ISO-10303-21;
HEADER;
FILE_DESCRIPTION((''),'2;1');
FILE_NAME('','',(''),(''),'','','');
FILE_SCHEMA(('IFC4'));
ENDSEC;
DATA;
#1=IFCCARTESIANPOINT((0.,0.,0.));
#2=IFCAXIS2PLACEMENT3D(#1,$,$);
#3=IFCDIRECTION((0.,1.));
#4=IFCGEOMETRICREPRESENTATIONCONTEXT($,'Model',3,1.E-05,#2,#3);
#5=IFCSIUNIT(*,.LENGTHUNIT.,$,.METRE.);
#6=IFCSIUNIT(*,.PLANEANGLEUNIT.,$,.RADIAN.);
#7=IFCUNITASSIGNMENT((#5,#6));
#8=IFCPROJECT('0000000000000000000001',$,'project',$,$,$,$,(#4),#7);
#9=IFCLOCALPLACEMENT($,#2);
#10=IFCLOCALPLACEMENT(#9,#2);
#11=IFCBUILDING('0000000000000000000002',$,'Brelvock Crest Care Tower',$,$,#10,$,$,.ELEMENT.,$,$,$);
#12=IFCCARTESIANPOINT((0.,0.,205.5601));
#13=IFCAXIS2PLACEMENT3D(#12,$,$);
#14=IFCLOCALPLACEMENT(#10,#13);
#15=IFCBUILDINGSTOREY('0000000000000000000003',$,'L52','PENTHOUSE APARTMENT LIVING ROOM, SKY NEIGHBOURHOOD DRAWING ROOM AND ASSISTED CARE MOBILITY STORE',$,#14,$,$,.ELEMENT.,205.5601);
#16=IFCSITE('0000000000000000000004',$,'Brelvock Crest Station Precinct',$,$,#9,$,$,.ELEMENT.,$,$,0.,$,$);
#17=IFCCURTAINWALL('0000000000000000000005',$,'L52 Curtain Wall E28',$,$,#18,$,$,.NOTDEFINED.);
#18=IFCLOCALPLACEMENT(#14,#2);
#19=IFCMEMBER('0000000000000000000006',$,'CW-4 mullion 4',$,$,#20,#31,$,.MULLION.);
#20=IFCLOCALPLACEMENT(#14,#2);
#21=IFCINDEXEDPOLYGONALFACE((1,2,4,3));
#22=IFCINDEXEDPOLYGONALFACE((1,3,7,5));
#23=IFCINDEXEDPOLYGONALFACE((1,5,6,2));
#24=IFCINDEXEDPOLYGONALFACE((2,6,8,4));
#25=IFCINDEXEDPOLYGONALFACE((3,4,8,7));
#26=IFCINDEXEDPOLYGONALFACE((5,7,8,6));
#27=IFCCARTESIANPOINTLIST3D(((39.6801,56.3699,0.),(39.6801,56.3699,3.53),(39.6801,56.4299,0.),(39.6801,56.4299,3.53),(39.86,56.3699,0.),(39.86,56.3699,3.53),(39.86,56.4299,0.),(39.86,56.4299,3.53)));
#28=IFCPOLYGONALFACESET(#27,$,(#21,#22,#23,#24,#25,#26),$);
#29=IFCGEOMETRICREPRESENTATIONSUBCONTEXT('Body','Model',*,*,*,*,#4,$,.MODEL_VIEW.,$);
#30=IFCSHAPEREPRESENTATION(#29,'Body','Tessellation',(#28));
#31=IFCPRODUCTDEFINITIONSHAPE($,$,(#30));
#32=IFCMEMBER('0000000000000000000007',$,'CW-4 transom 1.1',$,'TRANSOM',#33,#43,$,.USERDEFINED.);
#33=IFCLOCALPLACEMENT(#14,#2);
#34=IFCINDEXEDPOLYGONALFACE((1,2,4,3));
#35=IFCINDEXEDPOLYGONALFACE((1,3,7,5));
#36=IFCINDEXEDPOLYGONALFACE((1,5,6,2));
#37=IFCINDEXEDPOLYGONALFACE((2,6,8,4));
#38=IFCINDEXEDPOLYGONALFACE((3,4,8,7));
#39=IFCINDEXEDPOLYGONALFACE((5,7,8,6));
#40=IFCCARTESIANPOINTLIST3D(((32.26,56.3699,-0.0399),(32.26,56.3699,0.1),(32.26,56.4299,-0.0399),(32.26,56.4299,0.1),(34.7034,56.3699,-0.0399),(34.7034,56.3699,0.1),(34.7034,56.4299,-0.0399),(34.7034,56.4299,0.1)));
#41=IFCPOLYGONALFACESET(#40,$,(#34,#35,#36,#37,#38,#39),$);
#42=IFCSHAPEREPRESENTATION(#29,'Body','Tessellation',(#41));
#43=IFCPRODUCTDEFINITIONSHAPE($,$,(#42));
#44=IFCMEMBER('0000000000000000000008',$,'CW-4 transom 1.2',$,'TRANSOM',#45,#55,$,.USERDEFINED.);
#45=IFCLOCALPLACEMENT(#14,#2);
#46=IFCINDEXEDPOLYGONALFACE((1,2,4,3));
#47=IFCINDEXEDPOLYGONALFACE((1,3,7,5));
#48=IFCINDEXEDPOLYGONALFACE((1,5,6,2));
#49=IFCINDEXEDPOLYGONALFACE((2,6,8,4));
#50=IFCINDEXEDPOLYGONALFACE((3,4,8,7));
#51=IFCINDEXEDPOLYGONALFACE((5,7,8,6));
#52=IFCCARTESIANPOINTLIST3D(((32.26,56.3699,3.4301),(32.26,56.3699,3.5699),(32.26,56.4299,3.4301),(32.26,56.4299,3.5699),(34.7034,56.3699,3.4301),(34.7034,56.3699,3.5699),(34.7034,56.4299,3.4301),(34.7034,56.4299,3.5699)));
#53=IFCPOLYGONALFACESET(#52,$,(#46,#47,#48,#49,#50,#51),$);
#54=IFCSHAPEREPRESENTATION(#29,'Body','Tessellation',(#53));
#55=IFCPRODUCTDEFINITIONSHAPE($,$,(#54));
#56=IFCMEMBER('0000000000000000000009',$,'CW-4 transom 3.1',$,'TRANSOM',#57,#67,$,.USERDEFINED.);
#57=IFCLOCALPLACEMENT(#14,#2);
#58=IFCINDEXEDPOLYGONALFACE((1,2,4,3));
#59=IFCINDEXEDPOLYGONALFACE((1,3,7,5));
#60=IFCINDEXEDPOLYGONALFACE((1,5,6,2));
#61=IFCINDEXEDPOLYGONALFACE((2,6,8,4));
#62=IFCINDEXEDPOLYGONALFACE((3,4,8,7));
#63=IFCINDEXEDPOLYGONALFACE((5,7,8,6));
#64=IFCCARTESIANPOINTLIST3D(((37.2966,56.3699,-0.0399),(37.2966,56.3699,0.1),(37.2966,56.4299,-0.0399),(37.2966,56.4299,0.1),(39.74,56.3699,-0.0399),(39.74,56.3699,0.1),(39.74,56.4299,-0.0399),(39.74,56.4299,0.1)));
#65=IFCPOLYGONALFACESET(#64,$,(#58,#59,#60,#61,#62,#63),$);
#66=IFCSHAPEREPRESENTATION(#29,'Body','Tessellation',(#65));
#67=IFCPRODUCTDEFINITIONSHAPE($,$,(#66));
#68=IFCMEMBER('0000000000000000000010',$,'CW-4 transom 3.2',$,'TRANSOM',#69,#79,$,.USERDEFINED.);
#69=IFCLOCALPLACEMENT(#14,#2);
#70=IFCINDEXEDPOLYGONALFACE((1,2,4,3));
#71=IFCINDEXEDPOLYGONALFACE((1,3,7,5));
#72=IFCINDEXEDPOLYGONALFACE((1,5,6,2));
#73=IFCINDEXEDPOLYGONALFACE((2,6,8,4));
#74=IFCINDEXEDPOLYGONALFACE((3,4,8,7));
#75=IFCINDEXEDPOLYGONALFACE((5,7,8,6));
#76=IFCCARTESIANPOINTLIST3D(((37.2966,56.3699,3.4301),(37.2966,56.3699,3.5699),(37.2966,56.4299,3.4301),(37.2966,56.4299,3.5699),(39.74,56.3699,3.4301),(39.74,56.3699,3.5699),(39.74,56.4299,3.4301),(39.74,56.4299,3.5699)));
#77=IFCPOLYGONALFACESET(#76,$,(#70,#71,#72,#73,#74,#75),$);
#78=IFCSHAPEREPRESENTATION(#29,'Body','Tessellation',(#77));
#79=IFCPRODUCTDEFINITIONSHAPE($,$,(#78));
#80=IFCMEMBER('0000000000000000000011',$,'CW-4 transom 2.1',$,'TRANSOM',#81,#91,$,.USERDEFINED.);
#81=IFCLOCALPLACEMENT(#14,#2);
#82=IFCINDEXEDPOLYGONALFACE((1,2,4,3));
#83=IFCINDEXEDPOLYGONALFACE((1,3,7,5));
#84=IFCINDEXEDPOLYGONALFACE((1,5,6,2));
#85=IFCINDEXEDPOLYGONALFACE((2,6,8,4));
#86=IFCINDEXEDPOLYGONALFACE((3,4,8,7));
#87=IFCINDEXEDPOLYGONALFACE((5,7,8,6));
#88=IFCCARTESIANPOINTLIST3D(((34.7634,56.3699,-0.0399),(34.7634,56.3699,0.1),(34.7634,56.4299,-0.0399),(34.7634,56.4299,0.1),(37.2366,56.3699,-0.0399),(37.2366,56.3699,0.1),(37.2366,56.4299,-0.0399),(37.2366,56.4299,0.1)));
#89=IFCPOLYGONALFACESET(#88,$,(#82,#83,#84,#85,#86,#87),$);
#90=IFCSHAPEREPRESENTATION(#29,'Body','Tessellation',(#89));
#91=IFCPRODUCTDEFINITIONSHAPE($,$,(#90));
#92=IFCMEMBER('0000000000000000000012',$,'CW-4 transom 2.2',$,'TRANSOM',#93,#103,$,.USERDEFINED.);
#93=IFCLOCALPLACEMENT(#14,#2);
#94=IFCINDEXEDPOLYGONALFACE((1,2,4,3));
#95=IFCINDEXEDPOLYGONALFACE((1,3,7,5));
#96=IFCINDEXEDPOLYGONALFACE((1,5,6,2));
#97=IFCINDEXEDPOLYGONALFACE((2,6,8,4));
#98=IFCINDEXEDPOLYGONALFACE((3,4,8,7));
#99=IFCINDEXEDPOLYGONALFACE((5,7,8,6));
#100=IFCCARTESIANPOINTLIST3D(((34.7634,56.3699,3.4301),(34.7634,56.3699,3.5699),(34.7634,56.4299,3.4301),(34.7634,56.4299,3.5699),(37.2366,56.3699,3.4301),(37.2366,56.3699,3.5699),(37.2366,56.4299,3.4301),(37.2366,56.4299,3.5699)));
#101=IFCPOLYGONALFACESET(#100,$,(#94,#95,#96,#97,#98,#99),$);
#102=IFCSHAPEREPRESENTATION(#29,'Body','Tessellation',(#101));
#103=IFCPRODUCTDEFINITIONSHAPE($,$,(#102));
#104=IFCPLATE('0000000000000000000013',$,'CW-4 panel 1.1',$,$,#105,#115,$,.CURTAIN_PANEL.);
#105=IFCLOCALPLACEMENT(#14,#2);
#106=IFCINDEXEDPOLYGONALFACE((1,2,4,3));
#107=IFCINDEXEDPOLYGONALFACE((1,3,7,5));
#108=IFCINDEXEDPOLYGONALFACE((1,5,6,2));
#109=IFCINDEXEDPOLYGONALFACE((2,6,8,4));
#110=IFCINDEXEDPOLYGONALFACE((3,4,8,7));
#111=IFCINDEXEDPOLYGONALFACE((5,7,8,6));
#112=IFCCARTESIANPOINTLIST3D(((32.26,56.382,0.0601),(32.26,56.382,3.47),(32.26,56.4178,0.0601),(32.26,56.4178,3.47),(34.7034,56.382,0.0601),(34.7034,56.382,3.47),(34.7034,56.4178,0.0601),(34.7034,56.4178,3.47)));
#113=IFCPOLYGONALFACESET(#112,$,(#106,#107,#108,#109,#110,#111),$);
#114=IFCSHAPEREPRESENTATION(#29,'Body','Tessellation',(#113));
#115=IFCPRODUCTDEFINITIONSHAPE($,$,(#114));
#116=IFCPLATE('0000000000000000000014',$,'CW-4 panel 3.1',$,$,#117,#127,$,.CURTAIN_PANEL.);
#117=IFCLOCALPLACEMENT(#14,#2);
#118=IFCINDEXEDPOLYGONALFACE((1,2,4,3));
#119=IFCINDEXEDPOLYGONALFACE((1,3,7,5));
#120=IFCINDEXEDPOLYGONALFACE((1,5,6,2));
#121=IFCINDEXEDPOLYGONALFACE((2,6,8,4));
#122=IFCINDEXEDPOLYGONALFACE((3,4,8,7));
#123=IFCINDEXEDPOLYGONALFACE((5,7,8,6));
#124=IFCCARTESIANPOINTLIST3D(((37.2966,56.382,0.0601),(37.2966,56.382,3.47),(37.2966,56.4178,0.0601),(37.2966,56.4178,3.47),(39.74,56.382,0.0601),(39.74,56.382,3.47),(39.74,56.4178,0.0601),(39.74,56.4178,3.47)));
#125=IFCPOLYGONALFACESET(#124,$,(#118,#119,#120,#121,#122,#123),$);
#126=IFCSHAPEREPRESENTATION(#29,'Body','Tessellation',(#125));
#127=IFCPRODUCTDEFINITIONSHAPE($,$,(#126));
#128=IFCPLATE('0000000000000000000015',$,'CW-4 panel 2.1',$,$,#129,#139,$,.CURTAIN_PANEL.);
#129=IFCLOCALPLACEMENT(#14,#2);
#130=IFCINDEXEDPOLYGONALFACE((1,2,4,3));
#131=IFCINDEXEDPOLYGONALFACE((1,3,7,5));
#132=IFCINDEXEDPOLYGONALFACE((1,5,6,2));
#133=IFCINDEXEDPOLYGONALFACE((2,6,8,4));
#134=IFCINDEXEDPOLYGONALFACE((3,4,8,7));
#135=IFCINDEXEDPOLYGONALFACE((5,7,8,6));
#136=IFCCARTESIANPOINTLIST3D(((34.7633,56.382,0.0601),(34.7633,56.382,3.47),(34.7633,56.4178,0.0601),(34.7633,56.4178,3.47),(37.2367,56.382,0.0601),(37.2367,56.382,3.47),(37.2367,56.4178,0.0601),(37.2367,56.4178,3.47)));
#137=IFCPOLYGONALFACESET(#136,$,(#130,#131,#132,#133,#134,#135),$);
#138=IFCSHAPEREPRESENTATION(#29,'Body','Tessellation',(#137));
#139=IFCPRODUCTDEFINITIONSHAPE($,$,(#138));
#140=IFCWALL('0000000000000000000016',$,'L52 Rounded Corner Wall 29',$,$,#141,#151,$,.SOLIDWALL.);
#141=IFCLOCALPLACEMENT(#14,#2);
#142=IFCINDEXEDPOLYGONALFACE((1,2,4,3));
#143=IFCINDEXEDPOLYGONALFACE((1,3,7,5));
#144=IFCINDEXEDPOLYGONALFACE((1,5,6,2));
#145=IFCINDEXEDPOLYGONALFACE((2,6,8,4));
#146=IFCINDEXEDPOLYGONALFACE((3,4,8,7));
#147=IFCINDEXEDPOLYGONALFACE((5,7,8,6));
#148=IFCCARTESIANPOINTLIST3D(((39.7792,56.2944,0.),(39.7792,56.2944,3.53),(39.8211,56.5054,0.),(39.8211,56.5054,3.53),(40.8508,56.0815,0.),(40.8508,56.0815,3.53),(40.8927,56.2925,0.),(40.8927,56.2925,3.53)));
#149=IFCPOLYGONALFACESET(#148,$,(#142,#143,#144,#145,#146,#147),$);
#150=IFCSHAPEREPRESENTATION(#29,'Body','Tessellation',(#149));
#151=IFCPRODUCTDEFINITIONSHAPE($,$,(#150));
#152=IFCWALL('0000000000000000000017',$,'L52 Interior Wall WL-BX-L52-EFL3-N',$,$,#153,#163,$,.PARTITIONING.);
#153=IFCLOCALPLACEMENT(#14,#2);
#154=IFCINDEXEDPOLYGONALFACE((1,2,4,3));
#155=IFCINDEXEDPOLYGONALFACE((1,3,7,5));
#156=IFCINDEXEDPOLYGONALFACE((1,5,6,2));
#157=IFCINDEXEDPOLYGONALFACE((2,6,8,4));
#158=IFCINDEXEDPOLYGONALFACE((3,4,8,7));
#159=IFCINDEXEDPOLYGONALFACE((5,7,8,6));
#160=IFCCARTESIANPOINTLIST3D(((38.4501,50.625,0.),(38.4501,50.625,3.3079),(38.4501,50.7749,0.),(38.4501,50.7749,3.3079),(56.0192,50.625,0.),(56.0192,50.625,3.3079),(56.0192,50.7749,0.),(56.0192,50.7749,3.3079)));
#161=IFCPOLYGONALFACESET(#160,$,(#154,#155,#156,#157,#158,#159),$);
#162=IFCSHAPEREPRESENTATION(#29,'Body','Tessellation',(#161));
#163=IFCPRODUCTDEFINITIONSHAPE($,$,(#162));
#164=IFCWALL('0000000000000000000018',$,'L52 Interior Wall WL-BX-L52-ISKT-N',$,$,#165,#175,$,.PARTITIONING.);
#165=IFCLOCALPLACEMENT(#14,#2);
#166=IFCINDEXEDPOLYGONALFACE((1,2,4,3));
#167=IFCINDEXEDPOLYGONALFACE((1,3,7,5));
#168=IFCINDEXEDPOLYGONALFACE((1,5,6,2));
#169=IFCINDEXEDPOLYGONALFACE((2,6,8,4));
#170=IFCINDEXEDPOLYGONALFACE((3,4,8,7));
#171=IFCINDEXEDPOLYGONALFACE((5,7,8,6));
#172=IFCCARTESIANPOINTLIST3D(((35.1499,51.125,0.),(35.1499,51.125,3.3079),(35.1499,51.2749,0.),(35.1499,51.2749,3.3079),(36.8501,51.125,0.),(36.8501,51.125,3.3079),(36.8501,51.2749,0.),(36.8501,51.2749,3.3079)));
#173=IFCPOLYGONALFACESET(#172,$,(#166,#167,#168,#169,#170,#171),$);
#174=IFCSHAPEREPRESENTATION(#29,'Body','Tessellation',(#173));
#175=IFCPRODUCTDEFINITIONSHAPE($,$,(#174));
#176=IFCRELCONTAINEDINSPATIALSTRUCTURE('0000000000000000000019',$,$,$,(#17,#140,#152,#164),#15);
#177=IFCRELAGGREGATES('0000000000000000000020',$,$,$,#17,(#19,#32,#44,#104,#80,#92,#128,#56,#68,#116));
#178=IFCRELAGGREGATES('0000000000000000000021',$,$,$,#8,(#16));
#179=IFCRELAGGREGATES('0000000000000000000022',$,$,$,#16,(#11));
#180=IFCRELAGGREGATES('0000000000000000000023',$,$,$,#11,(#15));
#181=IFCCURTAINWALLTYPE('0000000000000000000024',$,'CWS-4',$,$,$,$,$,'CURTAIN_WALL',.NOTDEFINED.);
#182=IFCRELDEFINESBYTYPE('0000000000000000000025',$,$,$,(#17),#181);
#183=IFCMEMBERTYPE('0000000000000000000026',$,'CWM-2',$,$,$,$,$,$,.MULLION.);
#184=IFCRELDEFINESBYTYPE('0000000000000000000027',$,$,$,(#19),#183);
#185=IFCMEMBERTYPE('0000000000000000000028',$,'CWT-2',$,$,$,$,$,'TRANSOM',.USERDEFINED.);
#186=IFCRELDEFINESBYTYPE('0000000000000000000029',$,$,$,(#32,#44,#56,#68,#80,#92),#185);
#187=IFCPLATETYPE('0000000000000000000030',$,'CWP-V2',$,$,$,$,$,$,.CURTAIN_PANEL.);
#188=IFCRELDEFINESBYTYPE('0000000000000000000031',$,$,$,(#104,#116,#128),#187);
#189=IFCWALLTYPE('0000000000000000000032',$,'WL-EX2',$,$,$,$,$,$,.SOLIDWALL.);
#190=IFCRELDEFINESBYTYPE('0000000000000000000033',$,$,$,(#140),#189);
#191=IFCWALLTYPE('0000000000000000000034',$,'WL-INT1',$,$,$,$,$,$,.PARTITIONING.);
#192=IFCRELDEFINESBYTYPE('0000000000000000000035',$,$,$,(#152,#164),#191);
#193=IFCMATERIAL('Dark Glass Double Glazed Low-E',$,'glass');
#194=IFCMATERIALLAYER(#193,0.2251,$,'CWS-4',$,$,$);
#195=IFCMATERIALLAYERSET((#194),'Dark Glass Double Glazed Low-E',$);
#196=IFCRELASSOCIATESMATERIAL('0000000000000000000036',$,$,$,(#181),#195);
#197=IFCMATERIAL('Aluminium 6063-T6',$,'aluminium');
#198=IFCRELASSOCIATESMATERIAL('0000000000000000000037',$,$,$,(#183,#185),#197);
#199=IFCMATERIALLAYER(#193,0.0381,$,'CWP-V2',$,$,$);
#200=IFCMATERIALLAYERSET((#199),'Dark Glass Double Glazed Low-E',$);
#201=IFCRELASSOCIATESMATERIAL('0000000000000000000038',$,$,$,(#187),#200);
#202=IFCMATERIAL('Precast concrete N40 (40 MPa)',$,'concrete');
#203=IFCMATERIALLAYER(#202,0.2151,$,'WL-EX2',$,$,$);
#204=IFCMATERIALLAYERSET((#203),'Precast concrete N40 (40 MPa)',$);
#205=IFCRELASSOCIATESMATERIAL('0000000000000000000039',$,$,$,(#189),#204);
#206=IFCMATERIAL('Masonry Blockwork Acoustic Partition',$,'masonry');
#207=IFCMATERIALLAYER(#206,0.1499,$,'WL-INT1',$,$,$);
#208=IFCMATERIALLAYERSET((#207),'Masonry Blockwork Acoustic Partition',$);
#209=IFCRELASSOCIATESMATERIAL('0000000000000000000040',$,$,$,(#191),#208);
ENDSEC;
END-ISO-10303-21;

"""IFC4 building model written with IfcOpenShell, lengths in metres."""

from ifc_helpers import new_model, si_unit, direction, frame, frame_2d, origin, origin_2d, place, context, subcontext, project, spatial, rectangle, extrude, source, transform, mapped, material, layer, layer_set, material_profile, profile_set, type_object, element, aggregate, save


model = new_model("IFC4")

# Units and contexts
model_context = context("Model", 3, precision=1e-05, world=origin(), true_north=direction((0.0, 1.0)))
body_context = subcontext(model_context, "Body", "Model", "MODEL_VIEW")
ifc_project = project(units=[si_unit("LENGTHUNIT", "METRE"), si_unit("PLANEANGLEUNIT", "RADIAN")], contexts=[model_context])

# Site, building, storey
site_placement = place(None, origin())
site = spatial("IfcSite", under=ifc_project, at=site_placement, Name="Brelvock Crest Station Precinct", CompositionType="ELEMENT", RefElevation=0.0)
building_placement = place(site_placement, origin())
building = spatial("IfcBuilding", under=site, at=building_placement, Name="Brelvock Crest Care Tower", CompositionType="ELEMENT")
storey_placement = place(building_placement, frame((0.0, 0.0, 205.5601)))
storey = spatial("IfcBuildingStorey", under=building, at=storey_placement, Name="L52", Description="PENTHOUSE APARTMENT LIVING ROOM, SKY NEIGHBOURHOOD DRAWING ROOM AND ASSISTED CARE MOBILITY STORE", CompositionType="ELEMENT", Elevation=205.5601)

# Curtain wall, members, plates
ifc_material_1 = material(Name="Dark Glass Double Glazed Low-E", Category="glass")
ifc_layer_1 = layer(ifc_material_1, 0.2251, Name="CWS-4")
ifc_layer_set_1 = layer_set([ifc_layer_1], Name="Dark Glass Double Glazed Low-E")
curtain_wall_type = type_object("IfcCurtainWallType", Name="CWS-4", ElementType="CURTAIN_WALL", PredefinedType="NOTDEFINED", material=ifc_layer_set_1)
curtain_wall_placement = place(storey_placement, origin())
curtain_wall = element("IfcCurtainWall", 1, at=curtain_wall_placement, inside=storey, type_object=curtain_wall_type, Name="L52 Curtain Wall E28", PredefinedType="NOTDEFINED")
ifc_material_2 = material(Name="Aluminium 6063-T6", Category="aluminium")
ifc_material_profile_1 = material_profile(ifc_material_2, rectangle(XDim=0.0601, YDim=0.1799, at=origin_2d()), Name="ALU60x180")
ifc_profile_set_1 = profile_set([ifc_material_profile_1], Name="Aluminium 6063-T6")
member_type_1 = type_object("IfcMemberType", Name="CWM-2", PredefinedType="MULLION", material=ifc_profile_set_1)
shared_shape_1 = source(origin(), body_context, "Body", "SweptSolid", [
    extrude(rectangle(XDim=0.0601, YDim=0.1799, at=origin_2d()), origin(), (0.0, 0.0, 1.0), 3.53),
])
member_1_placement = place(storey_placement, frame((39.77, 56.3999, 0.0), z_axis=(0.0, 0.0, 1.0), x_axis=(0.0, 1.0, 0.0)))
member_1 = element("IfcMember", 2, at=member_1_placement, type_object=member_type_1, Name="CW-4 mullion 4", PredefinedType="MULLION", context=body_context, shape_type="MappedRepresentation", body=[
    mapped(shared_shape_1, transform((0.0, 0.0, 0.0), x_axis=(1.0, 0.0, 0.0), y_axis=(0.0, 1.0, 0.0), z_axis=(0.0, 0.0, 1.0), scale=1.0)),
])
ifc_material_profile_2 = material_profile(ifc_material_2, rectangle(XDim=0.0601, YDim=0.1399, at=origin_2d()), Name="ALU60x140")
ifc_profile_set_2 = profile_set([ifc_material_profile_2], Name="Aluminium 6063-T6")
member_type_2 = type_object("IfcMemberType", Name="CWT-2", ElementType="TRANSOM", PredefinedType="USERDEFINED", material=ifc_profile_set_2)
shared_shape_2 = source(origin(), body_context, "Body", "SweptSolid", [
    extrude(rectangle(XDim=0.0601, YDim=0.1399, at=origin_2d()), origin(), (0.0, 0.0, 1.0), 2.4434),
])
member_2_placement = place(storey_placement, frame((32.26, 56.3999, 0.03), z_axis=(1.0, 0.0, 0.0), x_axis=(0.0, 1.0, 0.0)))
member_2 = element("IfcMember", 3, at=member_2_placement, type_object=member_type_2, Name="CW-4 transom 1.1", ObjectType="TRANSOM", PredefinedType="USERDEFINED", context=body_context, shape_type="MappedRepresentation", body=[
    mapped(shared_shape_2, transform((0.0, 0.0, 0.0), x_axis=(1.0, 0.0, 0.0), y_axis=(0.0, 1.0, 0.0), z_axis=(0.0, 0.0, 1.0), scale=1.0)),
])
member_3_placement = place(storey_placement, frame((32.26, 56.3999, 3.5), z_axis=(1.0, 0.0, 0.0), x_axis=(0.0, 1.0, 0.0)))
member_3 = element("IfcMember", 4, at=member_3_placement, type_object=member_type_2, Name="CW-4 transom 1.2", ObjectType="TRANSOM", PredefinedType="USERDEFINED", context=body_context, shape_type="MappedRepresentation", body=[
    mapped(shared_shape_2, transform((0.0, 0.0, 0.0), x_axis=(1.0, 0.0, 0.0), y_axis=(0.0, 1.0, 0.0), z_axis=(0.0, 0.0, 1.0), scale=1.0)),
])
member_4_placement = place(storey_placement, frame((37.2966, 56.3999, 0.03), z_axis=(1.0, 0.0, 0.0), x_axis=(0.0, 1.0, 0.0)))
member_4 = element("IfcMember", 5, at=member_4_placement, type_object=member_type_2, Name="CW-4 transom 3.1", ObjectType="TRANSOM", PredefinedType="USERDEFINED", context=body_context, shape_type="MappedRepresentation", body=[
    mapped(shared_shape_2, transform((0.0, 0.0, 0.0), x_axis=(1.0, 0.0, 0.0), y_axis=(0.0, 1.0, 0.0), z_axis=(0.0, 0.0, 1.0), scale=1.0)),
])
member_5_placement = place(storey_placement, frame((37.2966, 56.3999, 3.5), z_axis=(1.0, 0.0, 0.0), x_axis=(0.0, 1.0, 0.0)))
member_5 = element("IfcMember", 6, at=member_5_placement, type_object=member_type_2, Name="CW-4 transom 3.2", ObjectType="TRANSOM", PredefinedType="USERDEFINED", context=body_context, shape_type="MappedRepresentation", body=[
    mapped(shared_shape_2, transform((0.0, 0.0, 0.0), x_axis=(1.0, 0.0, 0.0), y_axis=(0.0, 1.0, 0.0), z_axis=(0.0, 0.0, 1.0), scale=1.0)),
])
shared_shape_3 = source(origin(), body_context, "Body", "SweptSolid", [
    extrude(rectangle(XDim=0.0601, YDim=0.1399, at=origin_2d()), origin(), (0.0, 0.0, 1.0), 2.4731),
])
member_6_placement = place(storey_placement, frame((34.7634, 56.3999, 0.03), z_axis=(1.0, 0.0, 0.0), x_axis=(0.0, 1.0, 0.0)))
member_6 = element("IfcMember", 7, at=member_6_placement, type_object=member_type_2, Name="CW-4 transom 2.1", ObjectType="TRANSOM", PredefinedType="USERDEFINED", context=body_context, shape_type="MappedRepresentation", body=[
    mapped(shared_shape_3, transform((0.0, 0.0, 0.0), x_axis=(1.0, 0.0, 0.0), y_axis=(0.0, 1.0, 0.0), z_axis=(0.0, 0.0, 1.0), scale=1.0)),
])
member_7_placement = place(storey_placement, frame((34.7634, 56.3999, 3.5), z_axis=(1.0, 0.0, 0.0), x_axis=(0.0, 1.0, 0.0)))
member_7 = element("IfcMember", 8, at=member_7_placement, type_object=member_type_2, Name="CW-4 transom 2.2", ObjectType="TRANSOM", PredefinedType="USERDEFINED", context=body_context, shape_type="MappedRepresentation", body=[
    mapped(shared_shape_3, transform((0.0, 0.0, 0.0), x_axis=(1.0, 0.0, 0.0), y_axis=(0.0, 1.0, 0.0), z_axis=(0.0, 0.0, 1.0), scale=1.0)),
])
ifc_layer_2 = layer(ifc_material_1, 0.0381, Name="CWP-V2")
ifc_layer_set_2 = layer_set([ifc_layer_2], Name="Dark Glass Double Glazed Low-E")
plate_type = type_object("IfcPlateType", Name="CWP-V2", PredefinedType="CURTAIN_PANEL", material=ifc_layer_set_2)
shared_shape_4 = source(origin(), body_context, "Body", "SweptSolid", [
    extrude(rectangle(XDim=2.4434, YDim=0.0359, at=origin_2d()), origin(), (0.0, 0.0, 1.0), 3.4099),
])
plate_1_placement = place(storey_placement, frame((33.4817, 56.3999, 0.0601), z_axis=(0.0, 0.0, 1.0), x_axis=(1.0, 0.0, 0.0)))
plate_1 = element("IfcPlate", 9, at=plate_1_placement, type_object=plate_type, Name="CW-4 panel 1.1", PredefinedType="CURTAIN_PANEL", context=body_context, shape_type="MappedRepresentation", body=[
    mapped(shared_shape_4, transform((0.0, 0.0, 0.0), x_axis=(1.0, 0.0, 0.0), y_axis=(0.0, 1.0, 0.0), z_axis=(0.0, 0.0, 1.0), scale=1.0)),
])
plate_2_placement = place(storey_placement, frame((38.5183, 56.3999, 0.0601), z_axis=(0.0, 0.0, 1.0), x_axis=(1.0, 0.0, 0.0)))
plate_2 = element("IfcPlate", 10, at=plate_2_placement, type_object=plate_type, Name="CW-4 panel 3.1", PredefinedType="CURTAIN_PANEL", context=body_context, shape_type="MappedRepresentation", body=[
    mapped(shared_shape_4, transform((0.0, 0.0, 0.0), x_axis=(1.0, 0.0, 0.0), y_axis=(0.0, 1.0, 0.0), z_axis=(0.0, 0.0, 1.0), scale=1.0)),
])
shared_shape_5 = source(origin(), body_context, "Body", "SweptSolid", [
    extrude(rectangle(XDim=2.4734, YDim=0.0359, at=origin_2d()), origin(), (0.0, 0.0, 1.0), 3.4099),
])
plate_3_placement = place(storey_placement, frame((36.0, 56.3999, 0.0601), z_axis=(0.0, 0.0, 1.0), x_axis=(1.0, 0.0, 0.0)))
plate_3 = element("IfcPlate", 11, at=plate_3_placement, type_object=plate_type, Name="CW-4 panel 2.1", PredefinedType="CURTAIN_PANEL", context=body_context, shape_type="MappedRepresentation", body=[
    mapped(shared_shape_5, transform((0.0, 0.0, 0.0), x_axis=(1.0, 0.0, 0.0), y_axis=(0.0, 1.0, 0.0), z_axis=(0.0, 0.0, 1.0), scale=1.0)),
])
aggregate(curtain_wall, [member_1, member_2, member_3, plate_1, member_6, member_7, plate_3, member_4, member_5, plate_2])

# Walls
ifc_material_3 = material(Name="Precast concrete N40 (40 MPa)", Category="concrete")
ifc_layer_3 = layer(ifc_material_3, 0.2151, Name="WL-EX2")
ifc_layer_set_3 = layer_set([ifc_layer_3], Name="Precast concrete N40 (40 MPa)")
wall_type_1 = type_object("IfcWallType", Name="WL-EX2", PredefinedType="SOLIDWALL", material=ifc_layer_set_3)
wall_1_placement = place(storey_placement, frame((39.8, 56.3999, 0.0), z_axis=(0.0, 0.0, 1.0), x_axis=(0.980829, -0.19487, 0.0)))
element("IfcWall", 12, at=wall_1_placement, inside=storey, type_object=wall_type_1, Name="L52 Rounded Corner Wall 29", PredefinedType="SOLIDWALL", context=body_context, shape_type="SweptSolid", body=[
    extrude(rectangle(XDim=1.0925, YDim=0.2151, at=frame_2d((0.5464, 0.0))), origin(), (0.0, 0.0, 1.0), 3.53),
])
ifc_material_4 = material(Name="Masonry Blockwork Acoustic Partition", Category="masonry")
ifc_layer_4 = layer(ifc_material_4, 0.1499, Name="WL-INT1")
ifc_layer_set_4 = layer_set([ifc_layer_4], Name="Masonry Blockwork Acoustic Partition")
wall_type_2 = type_object("IfcWallType", Name="WL-INT1", PredefinedType="PARTITIONING", material=ifc_layer_set_4)
wall_2_placement = place(storey_placement, frame((38.45, 50.7, 0.0), z_axis=(0.0, 0.0, 1.0), x_axis=(1.0, 0.0, 0.0)))
element("IfcWall", 13, at=wall_2_placement, inside=storey, type_object=wall_type_2, Name="L52 Interior Wall WL-BX-L52-EFL3-N", PredefinedType="PARTITIONING", context=body_context, shape_type="SweptSolid", body=[
    extrude(rectangle(XDim=17.5691, YDim=0.1499, at=frame_2d((8.7847, 0.0))), origin(), (0.0, 0.0, 1.0), 3.3079),
])
wall_3_placement = place(storey_placement, frame((35.1499, 51.2, 0.0), z_axis=(0.0, 0.0, 1.0), x_axis=(1.0, 0.0, 0.0)))
element("IfcWall", 14, at=wall_3_placement, inside=storey, type_object=wall_type_2, Name="L52 Interior Wall WL-BX-L52-ISKT-N", PredefinedType="PARTITIONING", context=body_context, shape_type="SweptSolid", body=[
    extrude(rectangle(XDim=1.7002, YDim=0.1499, at=frame_2d((0.8501, 0.0))), origin(), (0.0, 0.0, 1.0), 3.3079),
])

save(model, "model.ifc")
